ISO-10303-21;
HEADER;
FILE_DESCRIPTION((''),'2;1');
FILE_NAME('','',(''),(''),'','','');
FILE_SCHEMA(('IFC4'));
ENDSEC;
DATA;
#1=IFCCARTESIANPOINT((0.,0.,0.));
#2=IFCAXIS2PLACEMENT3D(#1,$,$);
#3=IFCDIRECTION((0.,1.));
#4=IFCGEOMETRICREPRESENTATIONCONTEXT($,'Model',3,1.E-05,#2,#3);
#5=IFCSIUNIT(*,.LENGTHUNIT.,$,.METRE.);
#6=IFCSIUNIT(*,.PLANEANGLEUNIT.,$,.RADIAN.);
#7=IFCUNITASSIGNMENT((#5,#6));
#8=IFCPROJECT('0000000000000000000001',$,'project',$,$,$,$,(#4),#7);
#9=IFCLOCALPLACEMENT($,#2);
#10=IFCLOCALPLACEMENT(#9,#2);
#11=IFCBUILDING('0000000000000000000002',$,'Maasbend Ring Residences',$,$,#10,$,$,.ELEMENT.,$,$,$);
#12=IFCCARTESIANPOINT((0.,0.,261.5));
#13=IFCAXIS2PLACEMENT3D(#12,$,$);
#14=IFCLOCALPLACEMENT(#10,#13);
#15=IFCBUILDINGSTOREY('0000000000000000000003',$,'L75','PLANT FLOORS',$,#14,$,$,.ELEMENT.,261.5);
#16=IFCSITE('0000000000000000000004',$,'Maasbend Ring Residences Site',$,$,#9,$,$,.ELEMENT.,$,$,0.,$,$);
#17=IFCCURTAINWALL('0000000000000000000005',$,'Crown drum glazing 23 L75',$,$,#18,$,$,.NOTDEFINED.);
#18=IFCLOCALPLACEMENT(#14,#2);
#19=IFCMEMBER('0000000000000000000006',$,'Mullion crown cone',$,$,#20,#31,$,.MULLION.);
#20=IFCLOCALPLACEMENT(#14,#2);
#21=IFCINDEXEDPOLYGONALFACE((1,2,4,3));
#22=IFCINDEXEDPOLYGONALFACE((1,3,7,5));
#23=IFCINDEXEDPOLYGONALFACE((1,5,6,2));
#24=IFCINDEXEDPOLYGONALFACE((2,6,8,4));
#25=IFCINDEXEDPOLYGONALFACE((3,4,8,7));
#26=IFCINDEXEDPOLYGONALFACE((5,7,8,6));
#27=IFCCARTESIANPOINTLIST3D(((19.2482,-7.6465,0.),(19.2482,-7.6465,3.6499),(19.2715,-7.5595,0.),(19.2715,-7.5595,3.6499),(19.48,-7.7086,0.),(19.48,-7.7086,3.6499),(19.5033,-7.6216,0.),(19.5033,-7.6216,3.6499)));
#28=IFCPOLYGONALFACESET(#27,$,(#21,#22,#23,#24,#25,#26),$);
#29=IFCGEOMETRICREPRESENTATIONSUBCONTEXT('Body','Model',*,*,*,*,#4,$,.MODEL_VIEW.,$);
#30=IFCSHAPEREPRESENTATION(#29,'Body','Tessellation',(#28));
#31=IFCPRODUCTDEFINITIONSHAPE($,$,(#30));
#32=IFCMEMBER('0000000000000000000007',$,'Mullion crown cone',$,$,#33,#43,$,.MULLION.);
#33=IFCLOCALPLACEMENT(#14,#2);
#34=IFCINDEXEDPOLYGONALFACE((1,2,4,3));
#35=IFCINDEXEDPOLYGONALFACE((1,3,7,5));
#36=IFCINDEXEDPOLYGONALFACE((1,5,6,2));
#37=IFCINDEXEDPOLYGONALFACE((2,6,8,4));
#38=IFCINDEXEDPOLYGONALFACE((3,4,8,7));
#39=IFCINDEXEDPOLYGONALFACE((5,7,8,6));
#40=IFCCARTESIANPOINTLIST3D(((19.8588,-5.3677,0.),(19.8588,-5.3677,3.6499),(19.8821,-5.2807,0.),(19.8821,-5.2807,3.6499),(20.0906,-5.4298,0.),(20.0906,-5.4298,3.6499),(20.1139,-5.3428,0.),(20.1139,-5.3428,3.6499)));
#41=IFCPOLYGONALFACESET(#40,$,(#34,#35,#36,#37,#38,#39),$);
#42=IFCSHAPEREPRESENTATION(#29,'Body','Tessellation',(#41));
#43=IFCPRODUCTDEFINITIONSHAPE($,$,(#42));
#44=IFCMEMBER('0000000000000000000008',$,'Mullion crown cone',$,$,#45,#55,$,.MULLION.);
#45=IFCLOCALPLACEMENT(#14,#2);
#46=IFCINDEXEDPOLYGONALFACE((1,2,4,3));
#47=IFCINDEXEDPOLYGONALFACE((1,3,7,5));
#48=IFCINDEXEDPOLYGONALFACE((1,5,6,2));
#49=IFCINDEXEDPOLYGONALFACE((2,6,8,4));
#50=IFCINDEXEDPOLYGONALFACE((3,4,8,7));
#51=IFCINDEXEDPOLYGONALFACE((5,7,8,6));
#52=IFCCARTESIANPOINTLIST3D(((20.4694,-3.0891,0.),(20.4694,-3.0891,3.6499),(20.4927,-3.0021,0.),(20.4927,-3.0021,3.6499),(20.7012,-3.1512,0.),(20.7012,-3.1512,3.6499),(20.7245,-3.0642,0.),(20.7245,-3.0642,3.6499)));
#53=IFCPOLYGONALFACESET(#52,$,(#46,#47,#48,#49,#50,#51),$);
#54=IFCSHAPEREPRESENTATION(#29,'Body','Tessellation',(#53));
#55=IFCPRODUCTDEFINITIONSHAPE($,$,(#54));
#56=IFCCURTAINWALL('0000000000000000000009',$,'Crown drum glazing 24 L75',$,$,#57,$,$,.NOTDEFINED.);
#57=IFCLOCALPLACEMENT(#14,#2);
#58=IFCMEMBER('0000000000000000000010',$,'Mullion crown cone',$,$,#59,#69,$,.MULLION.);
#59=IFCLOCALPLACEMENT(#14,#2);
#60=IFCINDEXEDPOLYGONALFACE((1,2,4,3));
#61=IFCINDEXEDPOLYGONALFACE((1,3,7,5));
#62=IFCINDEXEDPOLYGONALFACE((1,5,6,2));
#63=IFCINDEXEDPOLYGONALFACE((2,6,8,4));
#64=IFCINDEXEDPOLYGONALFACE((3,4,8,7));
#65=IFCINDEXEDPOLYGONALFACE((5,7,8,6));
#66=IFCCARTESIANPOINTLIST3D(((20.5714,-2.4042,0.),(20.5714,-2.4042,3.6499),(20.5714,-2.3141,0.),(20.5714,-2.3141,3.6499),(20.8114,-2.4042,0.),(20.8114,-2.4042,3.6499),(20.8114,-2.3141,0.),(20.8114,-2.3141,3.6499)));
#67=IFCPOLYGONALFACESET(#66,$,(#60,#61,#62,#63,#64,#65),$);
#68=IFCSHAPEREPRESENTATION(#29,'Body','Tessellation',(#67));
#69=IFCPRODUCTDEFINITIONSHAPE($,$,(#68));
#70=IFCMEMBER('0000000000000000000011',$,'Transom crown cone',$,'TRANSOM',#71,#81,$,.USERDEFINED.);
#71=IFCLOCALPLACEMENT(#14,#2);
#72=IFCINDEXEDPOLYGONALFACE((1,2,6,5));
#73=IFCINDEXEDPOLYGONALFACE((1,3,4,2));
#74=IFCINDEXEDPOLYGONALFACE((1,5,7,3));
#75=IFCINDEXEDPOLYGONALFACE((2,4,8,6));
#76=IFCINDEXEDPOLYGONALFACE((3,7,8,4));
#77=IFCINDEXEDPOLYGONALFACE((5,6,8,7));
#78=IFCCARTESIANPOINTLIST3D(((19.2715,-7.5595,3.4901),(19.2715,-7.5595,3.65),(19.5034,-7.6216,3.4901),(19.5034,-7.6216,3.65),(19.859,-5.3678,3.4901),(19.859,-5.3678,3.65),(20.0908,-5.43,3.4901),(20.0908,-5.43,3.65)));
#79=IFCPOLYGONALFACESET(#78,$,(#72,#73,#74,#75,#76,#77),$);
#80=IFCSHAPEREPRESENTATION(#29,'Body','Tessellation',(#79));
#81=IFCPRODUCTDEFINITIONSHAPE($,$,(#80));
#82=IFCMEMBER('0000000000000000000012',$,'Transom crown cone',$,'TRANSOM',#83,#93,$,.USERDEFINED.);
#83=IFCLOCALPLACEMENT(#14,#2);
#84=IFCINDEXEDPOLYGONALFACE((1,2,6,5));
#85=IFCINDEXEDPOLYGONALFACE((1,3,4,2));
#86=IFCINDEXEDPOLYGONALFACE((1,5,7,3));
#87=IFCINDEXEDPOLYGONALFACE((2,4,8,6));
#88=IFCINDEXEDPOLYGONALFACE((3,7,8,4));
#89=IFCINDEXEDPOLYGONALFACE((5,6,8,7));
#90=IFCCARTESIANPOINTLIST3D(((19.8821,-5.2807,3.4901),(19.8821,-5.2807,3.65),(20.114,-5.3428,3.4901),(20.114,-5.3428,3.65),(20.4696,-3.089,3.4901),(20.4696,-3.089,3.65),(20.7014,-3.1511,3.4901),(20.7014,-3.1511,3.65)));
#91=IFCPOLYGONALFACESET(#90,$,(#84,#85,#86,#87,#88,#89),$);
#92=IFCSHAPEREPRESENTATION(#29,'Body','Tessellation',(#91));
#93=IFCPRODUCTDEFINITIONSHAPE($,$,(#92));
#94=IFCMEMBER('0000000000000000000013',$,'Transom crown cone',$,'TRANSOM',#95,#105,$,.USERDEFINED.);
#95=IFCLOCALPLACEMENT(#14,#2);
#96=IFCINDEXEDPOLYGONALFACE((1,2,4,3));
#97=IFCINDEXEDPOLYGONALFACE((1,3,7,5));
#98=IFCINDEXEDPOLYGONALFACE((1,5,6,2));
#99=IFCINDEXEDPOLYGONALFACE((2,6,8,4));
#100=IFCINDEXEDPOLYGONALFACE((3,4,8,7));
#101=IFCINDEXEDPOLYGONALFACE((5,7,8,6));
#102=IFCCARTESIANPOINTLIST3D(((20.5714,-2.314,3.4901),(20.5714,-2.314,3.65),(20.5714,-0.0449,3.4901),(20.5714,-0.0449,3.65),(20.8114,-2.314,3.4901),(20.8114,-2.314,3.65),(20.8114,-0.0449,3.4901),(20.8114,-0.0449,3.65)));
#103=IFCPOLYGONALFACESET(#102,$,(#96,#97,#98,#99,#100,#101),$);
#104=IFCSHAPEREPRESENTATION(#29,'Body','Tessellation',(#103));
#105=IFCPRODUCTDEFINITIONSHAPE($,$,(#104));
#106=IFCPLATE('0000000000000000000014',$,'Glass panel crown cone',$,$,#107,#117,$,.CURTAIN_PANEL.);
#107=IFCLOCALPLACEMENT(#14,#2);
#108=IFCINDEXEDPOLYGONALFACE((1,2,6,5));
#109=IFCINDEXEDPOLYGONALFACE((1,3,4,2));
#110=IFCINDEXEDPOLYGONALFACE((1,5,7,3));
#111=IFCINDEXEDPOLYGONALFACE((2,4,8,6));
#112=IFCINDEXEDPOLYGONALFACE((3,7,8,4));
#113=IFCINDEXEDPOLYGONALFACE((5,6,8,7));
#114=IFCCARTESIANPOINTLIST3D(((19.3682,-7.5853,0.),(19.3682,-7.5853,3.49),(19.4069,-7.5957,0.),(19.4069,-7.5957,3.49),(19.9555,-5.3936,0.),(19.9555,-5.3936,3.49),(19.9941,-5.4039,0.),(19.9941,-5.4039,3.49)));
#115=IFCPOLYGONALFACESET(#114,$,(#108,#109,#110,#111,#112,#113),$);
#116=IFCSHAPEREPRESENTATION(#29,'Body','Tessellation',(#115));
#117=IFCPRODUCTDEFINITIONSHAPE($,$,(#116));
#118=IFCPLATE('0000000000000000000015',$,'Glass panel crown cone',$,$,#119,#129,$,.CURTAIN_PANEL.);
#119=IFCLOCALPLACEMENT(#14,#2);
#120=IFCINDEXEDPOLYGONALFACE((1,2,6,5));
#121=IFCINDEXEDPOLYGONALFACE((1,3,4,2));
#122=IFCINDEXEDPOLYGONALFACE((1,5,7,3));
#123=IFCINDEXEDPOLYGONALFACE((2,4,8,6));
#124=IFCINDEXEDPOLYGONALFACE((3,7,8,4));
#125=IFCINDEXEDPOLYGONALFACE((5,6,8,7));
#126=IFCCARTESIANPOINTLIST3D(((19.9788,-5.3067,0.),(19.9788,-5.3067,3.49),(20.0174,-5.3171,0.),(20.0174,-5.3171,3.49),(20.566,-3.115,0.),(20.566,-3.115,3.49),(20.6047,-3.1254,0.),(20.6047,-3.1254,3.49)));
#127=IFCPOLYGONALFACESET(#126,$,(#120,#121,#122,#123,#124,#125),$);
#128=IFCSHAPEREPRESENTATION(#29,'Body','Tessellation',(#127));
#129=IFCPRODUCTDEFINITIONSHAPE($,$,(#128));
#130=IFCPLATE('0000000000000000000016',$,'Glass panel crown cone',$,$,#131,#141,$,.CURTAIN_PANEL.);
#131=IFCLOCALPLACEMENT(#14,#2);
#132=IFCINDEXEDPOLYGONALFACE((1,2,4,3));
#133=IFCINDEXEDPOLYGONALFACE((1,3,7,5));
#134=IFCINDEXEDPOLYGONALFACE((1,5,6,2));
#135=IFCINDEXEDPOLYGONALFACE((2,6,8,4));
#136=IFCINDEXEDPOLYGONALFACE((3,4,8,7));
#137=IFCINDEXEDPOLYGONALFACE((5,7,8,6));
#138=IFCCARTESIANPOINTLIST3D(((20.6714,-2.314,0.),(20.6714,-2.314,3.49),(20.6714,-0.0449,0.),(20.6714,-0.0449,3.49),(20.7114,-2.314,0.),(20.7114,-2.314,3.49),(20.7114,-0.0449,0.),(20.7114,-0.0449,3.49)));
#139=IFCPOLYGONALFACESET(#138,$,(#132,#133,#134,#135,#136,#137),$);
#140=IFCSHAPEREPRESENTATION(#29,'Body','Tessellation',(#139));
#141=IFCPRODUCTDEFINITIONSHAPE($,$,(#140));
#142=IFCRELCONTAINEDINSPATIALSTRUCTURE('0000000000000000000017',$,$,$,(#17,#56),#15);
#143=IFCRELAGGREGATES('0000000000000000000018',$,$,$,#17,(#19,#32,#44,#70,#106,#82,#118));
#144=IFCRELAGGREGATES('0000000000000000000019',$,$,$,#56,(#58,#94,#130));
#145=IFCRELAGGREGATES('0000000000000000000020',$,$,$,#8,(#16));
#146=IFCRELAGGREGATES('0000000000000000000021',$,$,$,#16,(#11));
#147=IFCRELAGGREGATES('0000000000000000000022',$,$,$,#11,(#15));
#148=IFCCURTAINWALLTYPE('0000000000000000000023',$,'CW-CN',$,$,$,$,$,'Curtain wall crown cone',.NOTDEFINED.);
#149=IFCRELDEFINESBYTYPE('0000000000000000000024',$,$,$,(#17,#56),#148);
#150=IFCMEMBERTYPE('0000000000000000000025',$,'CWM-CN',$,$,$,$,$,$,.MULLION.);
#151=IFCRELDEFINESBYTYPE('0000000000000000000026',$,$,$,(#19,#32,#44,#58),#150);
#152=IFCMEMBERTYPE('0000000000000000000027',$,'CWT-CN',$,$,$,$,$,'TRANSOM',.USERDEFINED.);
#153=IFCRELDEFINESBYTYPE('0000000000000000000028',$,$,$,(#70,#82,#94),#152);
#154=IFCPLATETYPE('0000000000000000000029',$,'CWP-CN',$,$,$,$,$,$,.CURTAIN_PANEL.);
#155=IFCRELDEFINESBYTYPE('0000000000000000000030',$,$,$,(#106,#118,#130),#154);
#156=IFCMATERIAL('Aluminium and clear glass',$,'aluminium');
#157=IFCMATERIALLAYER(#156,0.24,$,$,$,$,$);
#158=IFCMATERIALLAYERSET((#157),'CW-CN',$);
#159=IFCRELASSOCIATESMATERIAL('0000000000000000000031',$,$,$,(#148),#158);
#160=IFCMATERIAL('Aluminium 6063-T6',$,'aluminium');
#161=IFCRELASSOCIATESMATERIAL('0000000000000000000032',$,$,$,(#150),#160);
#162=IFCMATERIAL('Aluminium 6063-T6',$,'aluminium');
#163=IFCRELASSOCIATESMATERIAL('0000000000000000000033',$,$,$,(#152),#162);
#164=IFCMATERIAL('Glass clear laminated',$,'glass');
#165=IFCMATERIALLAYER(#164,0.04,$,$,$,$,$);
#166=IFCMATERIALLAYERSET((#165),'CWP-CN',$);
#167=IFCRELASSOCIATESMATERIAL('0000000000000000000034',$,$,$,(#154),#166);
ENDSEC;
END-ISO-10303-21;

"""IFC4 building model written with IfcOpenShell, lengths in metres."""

from ifc_helpers import new_model, si_unit, direction, frame, origin, origin_2d, place, context, subcontext, project, spatial, rectangle, extrude, material, layer, layer_set, material_profile, profile_set, type_object, element, aggregate, save


model = new_model("IFC4")

# Units and contexts
model_context = context("Model", 3, precision=1e-05, world=origin(), true_north=direction((0.0, 1.0)))
body_context = subcontext(model_context, "Body", "Model", "MODEL_VIEW")
ifc_project = project(units=[si_unit("LENGTHUNIT", "METRE"), si_unit("PLANEANGLEUNIT", "RADIAN")], contexts=[model_context])

# Site, building, storey
site_placement = place(None, origin())
site = spatial("IfcSite", under=ifc_project, at=site_placement, Name="Maasbend Ring Residences Site", CompositionType="ELEMENT", RefElevation=0.0)
building_placement = place(site_placement, origin())
building = spatial("IfcBuilding", under=site, at=building_placement, Name="Maasbend Ring Residences", CompositionType="ELEMENT")
storey_placement = place(building_placement, frame((0.0, 0.0, 261.5)))
storey = spatial("IfcBuildingStorey", under=building, at=storey_placement, Name="L75", Description="PLANT FLOORS", CompositionType="ELEMENT", Elevation=261.5)

# Curtain wall, members
ifc_material_1 = material(Name="Aluminium and clear glass", Category="aluminium")
ifc_layer_1 = layer(ifc_material_1, 0.24)
ifc_layer_set_1 = layer_set([ifc_layer_1], Name="CW-CN")
curtain_wall_type = type_object("IfcCurtainWallType", Name="CW-CN", ElementType="Curtain wall crown cone", PredefinedType="NOTDEFINED", material=ifc_layer_set_1)
curtain_wall_1_placement = place(storey_placement, origin())
curtain_wall_1 = element("IfcCurtainWall", 1, at=curtain_wall_1_placement, inside=storey, type_object=curtain_wall_type, Name="Crown drum glazing 23 L75", PredefinedType="NOTDEFINED")
ifc_material_2 = material(Name="Aluminium 6063-T6", Category="aluminium")
ifc_material_profile_1 = material_profile(ifc_material_2, rectangle(XDim=0.24, YDim=0.0901, at=origin_2d()), Name="AL 240x90")
ifc_profile_set_1 = profile_set([ifc_material_profile_1], Name="Aluminium 6063-T6")
member_type_1 = type_object("IfcMemberType", Name="CWM-CN", PredefinedType="MULLION", material=ifc_profile_set_1)
member_1_placement = place(storey_placement, frame((19.3757, -7.634, 0.0), z_axis=(0.0, 0.0, 1.0), x_axis=(-0.965926, 0.258819, 0.0)))
member_1 = element("IfcMember", 2, at=member_1_placement, type_object=member_type_1, Name="Mullion crown cone", PredefinedType="MULLION", context=body_context, shape_type="SweptSolid", body=[
    extrude(rectangle(XDim=0.24, YDim=0.0901, at=origin_2d()), origin(), (0.0, 0.0, 1.0), 3.6499),
])
member_2_placement = place(storey_placement, frame((19.9863, -5.3552, 0.0), z_axis=(0.0, 0.0, 1.0), x_axis=(-0.965926, 0.258819, 0.0)))
member_2 = element("IfcMember", 3, at=member_2_placement, type_object=member_type_1, Name="Mullion crown cone", PredefinedType="MULLION", context=body_context, shape_type="SweptSolid", body=[
    extrude(rectangle(XDim=0.24, YDim=0.0901, at=origin_2d()), origin(), (0.0, 0.0, 1.0), 3.6499),
])
member_3_placement = place(storey_placement, frame((20.5969, -3.0767, 0.0), z_axis=(0.0, 0.0, 1.0), x_axis=(-0.965926, 0.258819, 0.0)))
member_3 = element("IfcMember", 4, at=member_3_placement, type_object=member_type_1, Name="Mullion crown cone", PredefinedType="MULLION", context=body_context, shape_type="SweptSolid", body=[
    extrude(rectangle(XDim=0.24, YDim=0.0901, at=origin_2d()), origin(), (0.0, 0.0, 1.0), 3.6499),
])

# Curtain wall, member
curtain_wall_2_placement = place(storey_placement, origin())
curtain_wall_2 = element("IfcCurtainWall", 5, at=curtain_wall_2_placement, inside=storey, type_object=curtain_wall_type, Name="Crown drum glazing 24 L75", PredefinedType="NOTDEFINED")
member_4_placement = place(storey_placement, frame((20.6914, -2.3591, 0.0), z_axis=(0.0, 0.0, 1.0), x_axis=(-1.0, 0.0, 0.0)))
member_4 = element("IfcMember", 6, at=member_4_placement, type_object=member_type_1, Name="Mullion crown cone", PredefinedType="MULLION", context=body_context, shape_type="SweptSolid", body=[
    extrude(rectangle(XDim=0.24, YDim=0.0901, at=origin_2d()), origin(), (0.0, 0.0, 1.0), 3.6499),
])

# Members
ifc_material_3 = material(Name="Aluminium 6063-T6", Category="aluminium")
ifc_material_profile_2 = material_profile(ifc_material_3, rectangle(XDim=0.24, YDim=0.1599, at=origin_2d()), Name="AL 240x160")
ifc_profile_set_2 = profile_set([ifc_material_profile_2], Name="Aluminium 6063-T6")
member_type_2 = type_object("IfcMemberType", Name="CWT-CN", ElementType="TRANSOM", PredefinedType="USERDEFINED", material=ifc_profile_set_2)
member_5_placement = place(storey_placement, frame((19.3875, -7.5906, 3.5701), z_axis=(0.258881, 0.965909, 0.0), x_axis=(-0.965909, 0.258881, 0.0)))
member_5 = element("IfcMember", 7, at=member_5_placement, type_object=member_type_2, Name="Transom crown cone", ObjectType="TRANSOM", PredefinedType="USERDEFINED", context=body_context, shape_type="SweptSolid", body=[
    extrude(rectangle(XDim=0.24, YDim=0.1599, at=origin_2d()), origin(), (0.0, 0.0, 1.0), 2.269),
])
member_6_placement = place(storey_placement, frame((19.998, -5.3118, 3.5701), z_axis=(0.258881, 0.965909, 0.0), x_axis=(-0.965909, 0.258881, 0.0)))
member_6 = element("IfcMember", 8, at=member_6_placement, type_object=member_type_2, Name="Transom crown cone", ObjectType="TRANSOM", PredefinedType="USERDEFINED", context=body_context, shape_type="SweptSolid", body=[
    extrude(rectangle(XDim=0.24, YDim=0.1599, at=origin_2d()), origin(), (0.0, 0.0, 1.0), 2.269),
])
member_7_placement = place(storey_placement, frame((20.6914, -2.314, 3.5701), z_axis=(0.0, 1.0, 0.0), x_axis=(-1.0, 0.0, 0.0)))
member_7 = element("IfcMember", 9, at=member_7_placement, type_object=member_type_2, Name="Transom crown cone", ObjectType="TRANSOM", PredefinedType="USERDEFINED", context=body_context, shape_type="SweptSolid", body=[
    extrude(rectangle(XDim=0.24, YDim=0.1599, at=origin_2d()), origin(), (0.0, 0.0, 1.0), 2.269),
])

# Plates
ifc_material_4 = material(Name="Glass clear laminated", Category="glass")
ifc_layer_2 = layer(ifc_material_4, 0.04)
ifc_layer_set_2 = layer_set([ifc_layer_2], Name="CWP-CN")
plate_type = type_object("IfcPlateType", Name="CWP-CN", PredefinedType="CURTAIN_PANEL", material=ifc_layer_set_2)
plate_1_placement = place(storey_placement, frame((19.6812, -6.4946, 0.0), z_axis=(0.0, 0.0, 1.0), x_axis=(0.258819, 0.965926, 0.0)))
plate_1 = element("IfcPlate", 10, at=plate_1_placement, type_object=plate_type, Name="Glass panel crown cone", PredefinedType="CURTAIN_PANEL", context=body_context, shape_type="SweptSolid", body=[
    extrude(rectangle(XDim=2.269, YDim=0.04, at=origin_2d()), origin(), (0.0, 0.0, 1.0), 3.49),
])
plate_2_placement = place(storey_placement, frame((20.2917, -4.2161, 0.0), z_axis=(0.0, 0.0, 1.0), x_axis=(0.258819, 0.965926, 0.0)))
plate_2 = element("IfcPlate", 11, at=plate_2_placement, type_object=plate_type, Name="Glass panel crown cone", PredefinedType="CURTAIN_PANEL", context=body_context, shape_type="SweptSolid", body=[
    extrude(rectangle(XDim=2.269, YDim=0.04, at=origin_2d()), origin(), (0.0, 0.0, 1.0), 3.49),
])
aggregate(curtain_wall_1, [member_1, member_2, member_3, member_5, plate_1, member_6, plate_2])
plate_3_placement = place(storey_placement, frame((20.6914, -1.1794, 0.0), z_axis=(0.0, 0.0, 1.0), x_axis=(0.0, 1.0, 0.0)))
plate_3 = element("IfcPlate", 12, at=plate_3_placement, type_object=plate_type, Name="Glass panel crown cone", PredefinedType="CURTAIN_PANEL", context=body_context, shape_type="SweptSolid", body=[
    extrude(rectangle(XDim=2.269, YDim=0.04, at=origin_2d()), origin(), (0.0, 0.0, 1.0), 3.49),
])
aggregate(curtain_wall_2, [member_4, member_7, plate_3])

save(model, "model.ifc")
